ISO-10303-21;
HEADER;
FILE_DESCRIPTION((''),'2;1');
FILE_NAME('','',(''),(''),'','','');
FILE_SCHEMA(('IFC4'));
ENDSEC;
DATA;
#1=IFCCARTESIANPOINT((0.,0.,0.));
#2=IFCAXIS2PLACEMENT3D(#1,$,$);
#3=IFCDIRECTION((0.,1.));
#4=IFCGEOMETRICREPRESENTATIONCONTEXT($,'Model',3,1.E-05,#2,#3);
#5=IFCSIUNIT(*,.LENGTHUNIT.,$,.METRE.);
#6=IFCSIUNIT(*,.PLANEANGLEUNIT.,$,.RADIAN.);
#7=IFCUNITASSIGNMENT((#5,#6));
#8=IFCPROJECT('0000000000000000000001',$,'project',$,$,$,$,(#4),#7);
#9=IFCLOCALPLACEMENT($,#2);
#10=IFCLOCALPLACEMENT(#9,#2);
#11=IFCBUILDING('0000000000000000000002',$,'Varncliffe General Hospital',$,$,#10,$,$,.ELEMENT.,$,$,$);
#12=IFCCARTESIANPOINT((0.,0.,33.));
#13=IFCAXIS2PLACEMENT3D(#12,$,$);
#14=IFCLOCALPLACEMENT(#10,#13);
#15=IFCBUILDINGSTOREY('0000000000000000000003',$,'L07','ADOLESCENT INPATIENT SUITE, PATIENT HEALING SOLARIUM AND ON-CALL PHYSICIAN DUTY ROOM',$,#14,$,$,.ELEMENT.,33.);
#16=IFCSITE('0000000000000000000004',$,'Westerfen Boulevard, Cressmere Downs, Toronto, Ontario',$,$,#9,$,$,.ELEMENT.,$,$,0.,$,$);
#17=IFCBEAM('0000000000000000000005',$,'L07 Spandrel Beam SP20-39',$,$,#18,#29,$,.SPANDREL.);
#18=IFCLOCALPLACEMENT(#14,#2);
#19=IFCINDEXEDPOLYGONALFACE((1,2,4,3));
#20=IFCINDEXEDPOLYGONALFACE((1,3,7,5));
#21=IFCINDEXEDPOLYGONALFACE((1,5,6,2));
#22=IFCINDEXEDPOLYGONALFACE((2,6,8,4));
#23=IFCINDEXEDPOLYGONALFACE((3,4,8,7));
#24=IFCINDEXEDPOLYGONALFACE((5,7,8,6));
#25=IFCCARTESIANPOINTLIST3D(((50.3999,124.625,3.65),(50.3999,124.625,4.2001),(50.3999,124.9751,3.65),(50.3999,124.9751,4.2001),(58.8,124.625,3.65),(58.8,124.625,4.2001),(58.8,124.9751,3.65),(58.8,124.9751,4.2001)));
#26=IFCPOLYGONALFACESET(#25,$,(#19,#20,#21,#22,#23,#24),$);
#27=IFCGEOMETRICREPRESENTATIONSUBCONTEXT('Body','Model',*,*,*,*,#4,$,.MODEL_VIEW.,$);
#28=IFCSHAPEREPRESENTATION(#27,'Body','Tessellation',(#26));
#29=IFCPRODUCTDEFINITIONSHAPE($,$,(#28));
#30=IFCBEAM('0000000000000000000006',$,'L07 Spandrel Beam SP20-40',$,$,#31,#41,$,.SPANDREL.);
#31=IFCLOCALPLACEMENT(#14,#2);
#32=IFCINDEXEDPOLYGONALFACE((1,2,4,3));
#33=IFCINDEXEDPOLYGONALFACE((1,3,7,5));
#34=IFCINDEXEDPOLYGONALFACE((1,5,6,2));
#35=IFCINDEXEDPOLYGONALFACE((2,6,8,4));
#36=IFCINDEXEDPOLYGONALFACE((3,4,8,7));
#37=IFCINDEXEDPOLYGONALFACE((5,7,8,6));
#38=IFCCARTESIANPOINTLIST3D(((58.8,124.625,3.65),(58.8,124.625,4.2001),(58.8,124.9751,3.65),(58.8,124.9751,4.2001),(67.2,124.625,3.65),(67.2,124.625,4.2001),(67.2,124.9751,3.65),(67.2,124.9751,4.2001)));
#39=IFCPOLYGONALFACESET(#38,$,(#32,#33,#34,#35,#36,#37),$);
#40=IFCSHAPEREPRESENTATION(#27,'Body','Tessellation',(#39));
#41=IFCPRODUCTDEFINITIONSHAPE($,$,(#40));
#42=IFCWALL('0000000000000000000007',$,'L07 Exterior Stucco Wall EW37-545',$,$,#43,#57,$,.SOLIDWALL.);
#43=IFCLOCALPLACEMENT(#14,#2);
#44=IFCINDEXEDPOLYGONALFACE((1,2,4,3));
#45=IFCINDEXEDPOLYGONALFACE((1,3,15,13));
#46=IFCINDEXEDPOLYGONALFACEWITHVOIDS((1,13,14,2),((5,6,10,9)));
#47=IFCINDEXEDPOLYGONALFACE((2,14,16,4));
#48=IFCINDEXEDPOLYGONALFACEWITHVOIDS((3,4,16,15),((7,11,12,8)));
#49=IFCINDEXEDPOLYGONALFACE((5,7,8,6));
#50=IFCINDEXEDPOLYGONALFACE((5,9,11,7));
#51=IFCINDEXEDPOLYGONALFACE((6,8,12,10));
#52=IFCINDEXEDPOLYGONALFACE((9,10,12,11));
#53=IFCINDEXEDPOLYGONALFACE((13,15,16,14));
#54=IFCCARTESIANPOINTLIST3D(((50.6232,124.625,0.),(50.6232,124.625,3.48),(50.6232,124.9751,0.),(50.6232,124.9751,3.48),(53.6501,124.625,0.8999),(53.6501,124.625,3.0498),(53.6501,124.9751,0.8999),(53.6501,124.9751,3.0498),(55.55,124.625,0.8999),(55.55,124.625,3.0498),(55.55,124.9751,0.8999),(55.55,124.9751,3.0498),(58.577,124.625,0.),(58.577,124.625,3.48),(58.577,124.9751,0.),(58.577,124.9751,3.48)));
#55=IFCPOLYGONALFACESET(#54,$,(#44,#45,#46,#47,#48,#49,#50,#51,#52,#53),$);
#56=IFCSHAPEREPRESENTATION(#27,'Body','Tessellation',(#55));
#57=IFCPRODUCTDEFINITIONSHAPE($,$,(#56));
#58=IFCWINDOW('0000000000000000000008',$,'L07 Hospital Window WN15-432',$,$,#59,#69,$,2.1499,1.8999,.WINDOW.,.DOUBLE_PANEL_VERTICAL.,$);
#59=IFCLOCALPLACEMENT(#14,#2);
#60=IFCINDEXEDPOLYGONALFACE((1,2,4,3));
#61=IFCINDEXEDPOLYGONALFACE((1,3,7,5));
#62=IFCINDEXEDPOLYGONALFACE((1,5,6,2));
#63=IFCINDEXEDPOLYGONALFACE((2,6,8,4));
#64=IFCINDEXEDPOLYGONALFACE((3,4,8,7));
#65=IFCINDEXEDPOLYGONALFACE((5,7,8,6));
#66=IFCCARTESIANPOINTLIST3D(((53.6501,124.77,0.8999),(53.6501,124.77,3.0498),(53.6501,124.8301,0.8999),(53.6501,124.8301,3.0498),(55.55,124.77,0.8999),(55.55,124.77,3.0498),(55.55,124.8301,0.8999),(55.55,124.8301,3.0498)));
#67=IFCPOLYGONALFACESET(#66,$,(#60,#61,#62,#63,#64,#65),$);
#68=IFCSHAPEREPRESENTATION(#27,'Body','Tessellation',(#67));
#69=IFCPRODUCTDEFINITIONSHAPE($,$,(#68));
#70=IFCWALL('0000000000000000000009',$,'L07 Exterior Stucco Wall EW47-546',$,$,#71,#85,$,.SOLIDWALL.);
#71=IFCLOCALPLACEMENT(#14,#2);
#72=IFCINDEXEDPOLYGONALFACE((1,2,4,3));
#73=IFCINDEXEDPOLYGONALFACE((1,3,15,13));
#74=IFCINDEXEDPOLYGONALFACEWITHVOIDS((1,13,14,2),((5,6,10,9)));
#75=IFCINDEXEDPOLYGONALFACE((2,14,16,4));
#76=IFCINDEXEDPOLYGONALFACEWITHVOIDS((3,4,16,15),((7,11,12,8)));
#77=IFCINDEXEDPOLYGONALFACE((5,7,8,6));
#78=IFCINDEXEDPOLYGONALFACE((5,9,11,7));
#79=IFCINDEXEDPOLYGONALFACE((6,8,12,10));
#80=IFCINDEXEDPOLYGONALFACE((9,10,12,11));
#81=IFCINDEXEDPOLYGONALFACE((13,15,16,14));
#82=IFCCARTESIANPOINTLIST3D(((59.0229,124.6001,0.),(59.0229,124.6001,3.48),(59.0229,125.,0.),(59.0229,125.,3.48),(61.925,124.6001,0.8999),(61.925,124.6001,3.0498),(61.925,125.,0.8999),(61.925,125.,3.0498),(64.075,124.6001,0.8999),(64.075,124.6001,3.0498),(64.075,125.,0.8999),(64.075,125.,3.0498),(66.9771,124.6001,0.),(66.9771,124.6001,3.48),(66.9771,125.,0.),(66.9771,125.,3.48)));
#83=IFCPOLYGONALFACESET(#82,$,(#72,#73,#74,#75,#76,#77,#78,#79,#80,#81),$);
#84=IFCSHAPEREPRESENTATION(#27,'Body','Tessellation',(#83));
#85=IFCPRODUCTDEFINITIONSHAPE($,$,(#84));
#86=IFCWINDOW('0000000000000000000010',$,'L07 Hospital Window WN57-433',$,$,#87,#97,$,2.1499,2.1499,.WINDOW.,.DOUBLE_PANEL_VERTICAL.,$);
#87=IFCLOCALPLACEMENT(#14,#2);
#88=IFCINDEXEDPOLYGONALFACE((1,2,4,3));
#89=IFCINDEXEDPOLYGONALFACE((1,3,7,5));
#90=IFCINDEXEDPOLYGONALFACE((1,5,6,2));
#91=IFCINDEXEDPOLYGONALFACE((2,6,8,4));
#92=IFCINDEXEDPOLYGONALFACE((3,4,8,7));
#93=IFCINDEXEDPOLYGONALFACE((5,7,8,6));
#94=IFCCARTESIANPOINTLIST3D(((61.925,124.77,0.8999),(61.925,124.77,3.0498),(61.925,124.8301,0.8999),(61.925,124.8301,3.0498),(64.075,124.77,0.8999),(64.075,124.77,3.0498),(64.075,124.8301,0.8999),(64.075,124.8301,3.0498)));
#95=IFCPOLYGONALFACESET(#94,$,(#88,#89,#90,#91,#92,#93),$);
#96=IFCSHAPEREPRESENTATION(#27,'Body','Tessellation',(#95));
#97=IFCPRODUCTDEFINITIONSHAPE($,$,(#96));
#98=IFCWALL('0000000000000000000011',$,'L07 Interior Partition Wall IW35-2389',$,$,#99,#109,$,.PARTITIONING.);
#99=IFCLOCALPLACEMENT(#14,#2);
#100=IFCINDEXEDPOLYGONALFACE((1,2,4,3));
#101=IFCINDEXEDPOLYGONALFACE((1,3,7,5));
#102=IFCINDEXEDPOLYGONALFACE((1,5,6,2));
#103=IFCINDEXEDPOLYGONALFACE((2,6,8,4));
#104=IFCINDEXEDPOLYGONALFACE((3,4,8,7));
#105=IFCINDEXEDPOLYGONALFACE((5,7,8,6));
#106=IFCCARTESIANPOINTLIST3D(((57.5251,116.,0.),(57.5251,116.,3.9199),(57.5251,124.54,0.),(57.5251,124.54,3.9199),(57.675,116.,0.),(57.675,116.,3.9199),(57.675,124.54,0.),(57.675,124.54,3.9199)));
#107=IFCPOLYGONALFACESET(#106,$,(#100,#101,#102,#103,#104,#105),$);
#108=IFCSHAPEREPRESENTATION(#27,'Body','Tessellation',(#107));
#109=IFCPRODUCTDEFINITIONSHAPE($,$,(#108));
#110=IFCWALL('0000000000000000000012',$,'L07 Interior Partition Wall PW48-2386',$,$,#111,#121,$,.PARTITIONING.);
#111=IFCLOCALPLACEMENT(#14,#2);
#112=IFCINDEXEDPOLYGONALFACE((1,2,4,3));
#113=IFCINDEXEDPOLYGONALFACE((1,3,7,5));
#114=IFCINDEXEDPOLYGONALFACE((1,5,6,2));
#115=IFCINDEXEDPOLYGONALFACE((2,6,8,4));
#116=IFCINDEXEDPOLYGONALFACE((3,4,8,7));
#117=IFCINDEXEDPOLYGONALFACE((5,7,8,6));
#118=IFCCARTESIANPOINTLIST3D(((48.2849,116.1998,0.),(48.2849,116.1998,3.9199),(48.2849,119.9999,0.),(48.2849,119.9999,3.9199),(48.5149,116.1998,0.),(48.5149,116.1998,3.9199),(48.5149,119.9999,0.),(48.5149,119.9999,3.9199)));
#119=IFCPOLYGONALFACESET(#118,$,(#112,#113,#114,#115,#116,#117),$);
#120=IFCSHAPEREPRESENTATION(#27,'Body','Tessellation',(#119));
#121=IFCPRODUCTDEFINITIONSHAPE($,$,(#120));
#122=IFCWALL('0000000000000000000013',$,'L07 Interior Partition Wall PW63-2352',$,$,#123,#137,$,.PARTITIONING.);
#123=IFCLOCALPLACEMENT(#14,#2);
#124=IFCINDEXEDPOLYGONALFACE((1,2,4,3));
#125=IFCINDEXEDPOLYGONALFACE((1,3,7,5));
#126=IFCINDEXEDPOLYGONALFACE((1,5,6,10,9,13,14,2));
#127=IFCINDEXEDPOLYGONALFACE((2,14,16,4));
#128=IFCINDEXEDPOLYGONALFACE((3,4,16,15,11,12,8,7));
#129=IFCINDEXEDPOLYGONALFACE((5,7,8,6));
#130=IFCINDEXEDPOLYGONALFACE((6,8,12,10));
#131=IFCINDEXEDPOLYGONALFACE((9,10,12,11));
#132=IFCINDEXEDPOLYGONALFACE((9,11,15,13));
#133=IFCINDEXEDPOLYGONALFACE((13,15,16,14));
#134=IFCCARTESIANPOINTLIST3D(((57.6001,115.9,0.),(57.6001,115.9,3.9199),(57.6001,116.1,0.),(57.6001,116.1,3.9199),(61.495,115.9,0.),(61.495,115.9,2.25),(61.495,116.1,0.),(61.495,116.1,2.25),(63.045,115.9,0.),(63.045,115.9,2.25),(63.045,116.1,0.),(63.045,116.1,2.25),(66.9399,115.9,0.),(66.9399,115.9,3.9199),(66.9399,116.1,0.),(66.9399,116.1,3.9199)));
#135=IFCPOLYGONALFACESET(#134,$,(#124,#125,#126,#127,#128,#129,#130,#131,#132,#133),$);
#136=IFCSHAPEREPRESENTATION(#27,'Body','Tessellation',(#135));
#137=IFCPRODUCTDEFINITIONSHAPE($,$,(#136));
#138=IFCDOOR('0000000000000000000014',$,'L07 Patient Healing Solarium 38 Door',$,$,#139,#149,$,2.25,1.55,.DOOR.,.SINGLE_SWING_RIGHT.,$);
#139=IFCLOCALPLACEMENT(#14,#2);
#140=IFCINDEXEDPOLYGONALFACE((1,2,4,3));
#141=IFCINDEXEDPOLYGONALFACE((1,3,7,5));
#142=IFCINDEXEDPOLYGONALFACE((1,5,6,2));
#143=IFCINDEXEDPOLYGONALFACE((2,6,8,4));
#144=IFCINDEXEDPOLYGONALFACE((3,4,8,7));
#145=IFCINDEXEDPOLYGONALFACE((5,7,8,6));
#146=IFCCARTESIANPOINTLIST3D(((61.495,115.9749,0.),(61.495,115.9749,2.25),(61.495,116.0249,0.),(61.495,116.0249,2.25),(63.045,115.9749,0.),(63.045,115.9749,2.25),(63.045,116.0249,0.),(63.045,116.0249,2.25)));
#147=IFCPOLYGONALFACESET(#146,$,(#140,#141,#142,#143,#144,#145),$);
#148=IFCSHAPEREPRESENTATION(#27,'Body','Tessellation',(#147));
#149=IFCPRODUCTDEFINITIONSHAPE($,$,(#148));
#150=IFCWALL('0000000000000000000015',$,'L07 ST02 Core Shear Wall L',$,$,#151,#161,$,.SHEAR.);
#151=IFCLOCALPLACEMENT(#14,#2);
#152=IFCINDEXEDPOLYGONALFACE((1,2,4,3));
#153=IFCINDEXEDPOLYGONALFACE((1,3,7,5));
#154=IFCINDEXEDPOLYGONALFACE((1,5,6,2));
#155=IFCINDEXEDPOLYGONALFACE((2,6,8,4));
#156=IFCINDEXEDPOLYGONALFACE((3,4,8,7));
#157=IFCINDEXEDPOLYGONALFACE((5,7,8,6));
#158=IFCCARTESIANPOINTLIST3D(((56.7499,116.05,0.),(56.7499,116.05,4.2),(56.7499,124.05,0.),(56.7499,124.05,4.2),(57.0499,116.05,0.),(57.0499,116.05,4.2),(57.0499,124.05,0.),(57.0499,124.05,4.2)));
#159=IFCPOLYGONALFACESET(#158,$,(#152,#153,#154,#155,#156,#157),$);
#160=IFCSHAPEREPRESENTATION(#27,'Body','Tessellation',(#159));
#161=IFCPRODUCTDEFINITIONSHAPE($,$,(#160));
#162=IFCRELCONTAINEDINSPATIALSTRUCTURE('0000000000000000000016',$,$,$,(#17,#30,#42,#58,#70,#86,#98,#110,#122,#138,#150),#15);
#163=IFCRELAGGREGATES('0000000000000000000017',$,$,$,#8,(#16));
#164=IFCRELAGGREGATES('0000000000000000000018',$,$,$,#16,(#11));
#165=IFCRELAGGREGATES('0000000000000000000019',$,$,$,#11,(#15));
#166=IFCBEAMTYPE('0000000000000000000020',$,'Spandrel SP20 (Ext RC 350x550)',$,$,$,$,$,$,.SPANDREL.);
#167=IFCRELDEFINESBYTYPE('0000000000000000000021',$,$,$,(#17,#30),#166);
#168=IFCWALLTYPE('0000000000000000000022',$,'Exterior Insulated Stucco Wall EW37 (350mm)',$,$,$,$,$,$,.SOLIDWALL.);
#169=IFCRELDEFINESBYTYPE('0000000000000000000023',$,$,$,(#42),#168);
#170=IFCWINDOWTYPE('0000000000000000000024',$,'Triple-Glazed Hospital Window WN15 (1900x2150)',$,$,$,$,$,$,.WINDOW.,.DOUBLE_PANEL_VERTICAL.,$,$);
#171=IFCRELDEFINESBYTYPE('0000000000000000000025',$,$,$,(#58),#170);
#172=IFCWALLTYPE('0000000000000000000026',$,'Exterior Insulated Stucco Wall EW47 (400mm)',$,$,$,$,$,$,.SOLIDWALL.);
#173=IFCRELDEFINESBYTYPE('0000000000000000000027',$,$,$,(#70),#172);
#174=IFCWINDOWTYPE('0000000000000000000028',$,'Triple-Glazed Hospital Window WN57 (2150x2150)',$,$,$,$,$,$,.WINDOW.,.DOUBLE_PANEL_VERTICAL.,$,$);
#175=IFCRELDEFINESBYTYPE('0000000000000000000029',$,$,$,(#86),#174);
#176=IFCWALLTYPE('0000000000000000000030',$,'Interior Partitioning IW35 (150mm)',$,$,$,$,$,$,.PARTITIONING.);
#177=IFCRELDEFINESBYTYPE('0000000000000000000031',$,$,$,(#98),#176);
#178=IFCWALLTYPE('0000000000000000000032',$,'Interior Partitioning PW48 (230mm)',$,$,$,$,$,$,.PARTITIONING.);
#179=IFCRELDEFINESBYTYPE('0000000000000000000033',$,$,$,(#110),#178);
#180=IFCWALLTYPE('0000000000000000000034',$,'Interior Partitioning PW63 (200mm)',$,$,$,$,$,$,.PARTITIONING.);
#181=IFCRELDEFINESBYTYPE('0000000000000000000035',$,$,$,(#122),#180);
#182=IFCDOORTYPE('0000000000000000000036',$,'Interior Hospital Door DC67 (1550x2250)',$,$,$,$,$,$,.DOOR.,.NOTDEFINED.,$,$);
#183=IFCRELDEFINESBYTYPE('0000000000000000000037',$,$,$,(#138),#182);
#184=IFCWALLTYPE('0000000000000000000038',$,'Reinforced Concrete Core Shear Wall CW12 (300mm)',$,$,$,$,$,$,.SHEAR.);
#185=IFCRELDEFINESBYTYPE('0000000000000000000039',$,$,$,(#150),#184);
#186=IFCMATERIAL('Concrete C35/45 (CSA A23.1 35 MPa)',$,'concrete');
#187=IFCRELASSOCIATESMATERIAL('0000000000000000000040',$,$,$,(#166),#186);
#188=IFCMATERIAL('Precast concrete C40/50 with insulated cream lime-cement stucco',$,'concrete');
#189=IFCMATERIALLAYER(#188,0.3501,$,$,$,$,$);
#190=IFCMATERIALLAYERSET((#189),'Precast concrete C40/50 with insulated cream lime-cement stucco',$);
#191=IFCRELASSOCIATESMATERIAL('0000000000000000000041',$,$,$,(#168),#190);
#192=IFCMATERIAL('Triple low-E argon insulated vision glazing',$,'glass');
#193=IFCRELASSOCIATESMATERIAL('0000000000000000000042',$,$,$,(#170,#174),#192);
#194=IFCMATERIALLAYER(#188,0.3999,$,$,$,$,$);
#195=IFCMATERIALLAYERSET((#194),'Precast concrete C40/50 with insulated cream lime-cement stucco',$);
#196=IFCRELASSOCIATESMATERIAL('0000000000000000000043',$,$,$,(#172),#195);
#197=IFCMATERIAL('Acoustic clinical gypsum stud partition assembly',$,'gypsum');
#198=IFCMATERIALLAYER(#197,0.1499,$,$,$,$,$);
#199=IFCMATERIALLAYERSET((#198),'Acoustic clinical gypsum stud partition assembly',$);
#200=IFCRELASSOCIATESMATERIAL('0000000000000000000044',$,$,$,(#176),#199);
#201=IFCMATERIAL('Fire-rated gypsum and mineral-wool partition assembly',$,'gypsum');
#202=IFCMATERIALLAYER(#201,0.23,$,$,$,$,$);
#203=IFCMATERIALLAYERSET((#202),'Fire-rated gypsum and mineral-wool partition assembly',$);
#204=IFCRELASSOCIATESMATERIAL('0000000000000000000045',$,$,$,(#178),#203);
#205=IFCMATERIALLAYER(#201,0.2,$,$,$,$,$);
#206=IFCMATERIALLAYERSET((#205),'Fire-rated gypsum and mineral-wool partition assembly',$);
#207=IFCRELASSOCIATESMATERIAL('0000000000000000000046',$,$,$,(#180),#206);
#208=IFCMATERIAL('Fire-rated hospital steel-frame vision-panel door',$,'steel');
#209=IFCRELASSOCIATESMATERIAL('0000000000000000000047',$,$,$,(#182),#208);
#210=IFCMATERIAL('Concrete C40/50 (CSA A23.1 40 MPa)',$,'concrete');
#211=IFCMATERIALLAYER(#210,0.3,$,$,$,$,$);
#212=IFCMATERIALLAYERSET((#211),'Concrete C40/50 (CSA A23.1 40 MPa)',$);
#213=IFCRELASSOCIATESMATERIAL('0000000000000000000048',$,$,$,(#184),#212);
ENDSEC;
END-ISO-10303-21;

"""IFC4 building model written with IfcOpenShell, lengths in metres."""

from ifc_helpers import new_model, si_unit, direction, frame, frame_2d, origin, origin_2d, place, context, subcontext, project, spatial, rectangle, extrude, material, layer, layer_set, material_profile, profile_set, type_object, element, fill, save


model = new_model("IFC4")

# Units and contexts
model_context = context("Model", 3, precision=1e-05, world=origin(), true_north=direction((0.0, 1.0)))
body_context = subcontext(model_context, "Body", "Model", "MODEL_VIEW")
ifc_project = project(units=[si_unit("LENGTHUNIT", "METRE"), si_unit("PLANEANGLEUNIT", "RADIAN")], contexts=[model_context])

# Site, building, storey
site_placement = place(None, origin())
site = spatial("IfcSite", under=ifc_project, at=site_placement, Name="Westerfen Boulevard, Cressmere Downs, Toronto, Ontario", CompositionType="ELEMENT", RefElevation=0.0)
building_placement = place(site_placement, origin())
building = spatial("IfcBuilding", under=site, at=building_placement, Name="Varncliffe General Hospital", CompositionType="ELEMENT")
storey_placement = place(building_placement, frame((0.0, 0.0, 33.0)))
storey = spatial("IfcBuildingStorey", under=building, at=storey_placement, Name="L07", Description="ADOLESCENT INPATIENT SUITE, PATIENT HEALING SOLARIUM AND ON-CALL PHYSICIAN DUTY ROOM", CompositionType="ELEMENT", Elevation=33.0)

# Shared definitions
ifc_material_1 = material(Name="Concrete C40/50 (CSA A23.1 40 MPa)", Category="concrete")

# Beams
ifc_material_2 = material(Name="Concrete C35/45 (CSA A23.1 35 MPa)", Category="concrete")
ifc_material_profile_1 = material_profile(ifc_material_2, rectangle(XDim=0.3501, YDim=0.55, at=origin_2d()), Name="RC 350x550")
ifc_profile_set_1 = profile_set([ifc_material_profile_1], Name="Concrete C35/45 (CSA A23.1 35 MPa)")
beam_type_1 = type_object("IfcBeamType", Name="Spandrel SP20 (Ext RC 350x550)", PredefinedType="SPANDREL", material=ifc_profile_set_1)
beam_1_placement = place(storey_placement, frame((50.3999, 124.8, 3.925), z_axis=(1.0, 0.0, 0.0), x_axis=(0.0, 1.0, 0.0)))
element("IfcBeam", 1, at=beam_1_placement, inside=storey, type_object=beam_type_1, Name="L07 Spandrel Beam SP20-39", PredefinedType="SPANDREL", context=body_context, shape_type="SweptSolid", body=[
    extrude(rectangle(XDim=0.3501, YDim=0.55, at=origin_2d()), origin(), (0.0, 0.0, 1.0), 8.4001),
])
beam_2_placement = place(storey_placement, frame((58.8, 124.8, 3.925), z_axis=(1.0, 0.0, 0.0), x_axis=(0.0, 1.0, 0.0)))
element("IfcBeam", 2, at=beam_2_placement, inside=storey, type_object=beam_type_1, Name="L07 Spandrel Beam SP20-40", PredefinedType="SPANDREL", context=body_context, shape_type="SweptSolid", body=[
    extrude(rectangle(XDim=0.3501, YDim=0.55, at=origin_2d()), origin(), (0.0, 0.0, 1.0), 8.3999),
])

# Walls, openings, windows
ifc_material_3 = material(Name="Precast concrete C40/50 with insulated cream lime-cement stucco", Category="concrete")
ifc_layer_1 = layer(ifc_material_3, 0.3501)
ifc_layer_set_1 = layer_set([ifc_layer_1], Name="Precast concrete C40/50 with insulated cream lime-cement stucco")
wall_type_1 = type_object("IfcWallType", Name="Exterior Insulated Stucco Wall EW37 (350mm)", PredefinedType="SOLIDWALL", material=ifc_layer_set_1)
wall_1_placement = place(storey_placement, frame((50.623, 124.8, 0.0), z_axis=(0.0, 0.0, 1.0), x_axis=(1.0, 0.0, 0.0)))
wall_1 = element("IfcWall", 3, at=wall_1_placement, inside=storey, type_object=wall_type_1, Name="L07 Exterior Stucco Wall EW37-545", PredefinedType="SOLIDWALL", context=body_context, shape_type="SweptSolid", body=[
    extrude(rectangle(XDim=7.9539, YDim=0.3501, at=frame_2d((3.9771, 0.0))), origin(), (0.0, 0.0, 1.0), 3.48),
])
opening_1_placement = place(wall_1_placement, frame((3.0271, 0.0, 0.8999)))
opening_1 = element("IfcOpeningElement", 4, at=opening_1_placement, cuts=wall_1, PredefinedType="OPENING", context=body_context, shape_type="SweptSolid", body=[
    extrude(rectangle(XDim=1.8999, YDim=2.1499, at=frame_2d((0.95, 1.075))), frame((0.0, 0.1851, 0.0), z_axis=(0.0, -1.0, 0.0), x_axis=(1.0, 0.0, 0.0)), (0.0, 0.0, 1.0), 0.3701),
])
ifc_material_4 = material(Name="Triple low-E argon insulated vision glazing", Category="glass")
window_type_1 = type_object("IfcWindowType", Name="Triple-Glazed Hospital Window WN15 (1900x2150)", PartitioningType="DOUBLE_PANEL_VERTICAL", PredefinedType="WINDOW", material=ifc_material_4)
window_1_placement = place(opening_1_placement, origin())
window_1 = element("IfcWindow", 5, at=window_1_placement, inside=storey, type_object=window_type_1, Name="L07 Hospital Window WN15-432", OverallHeight=2.1499, OverallWidth=1.8999, PartitioningType="DOUBLE_PANEL_VERTICAL", PredefinedType="WINDOW", context=body_context, shape_type="SweptSolid", body=[
    extrude(rectangle(XDim=1.8999, YDim=2.1499, at=frame_2d((0.95, 1.075))), frame((0.0, 0.03, 0.0), z_axis=(0.0, -1.0, 0.0), x_axis=(1.0, 0.0, 0.0)), (0.0, 0.0, 1.0), 0.0601),
])
fill(opening_1, window_1)
ifc_layer_2 = layer(ifc_material_3, 0.3999)
ifc_layer_set_2 = layer_set([ifc_layer_2], Name="Precast concrete C40/50 with insulated cream lime-cement stucco")
wall_type_2 = type_object("IfcWallType", Name="Exterior Insulated Stucco Wall EW47 (400mm)", PredefinedType="SOLIDWALL", material=ifc_layer_set_2)
wall_2_placement = place(storey_placement, frame((59.0229, 124.8, 0.0), z_axis=(0.0, 0.0, 1.0), x_axis=(1.0, 0.0, 0.0)))
wall_2 = element("IfcWall", 6, at=wall_2_placement, inside=storey, type_object=wall_type_2, Name="L07 Exterior Stucco Wall EW47-546", PredefinedType="SOLIDWALL", context=body_context, shape_type="SweptSolid", body=[
    extrude(rectangle(XDim=7.9541, YDim=0.3999, at=frame_2d((3.9771, 0.0))), origin(), (0.0, 0.0, 1.0), 3.48),
])
opening_2_placement = place(wall_2_placement, frame((2.9021, 0.0, 0.8999)))
opening_2 = element("IfcOpeningElement", 7, at=opening_2_placement, cuts=wall_2, PredefinedType="OPENING", context=body_context, shape_type="SweptSolid", body=[
    extrude(rectangle(XDim=2.1499, YDim=2.1499, at=frame_2d((1.075, 1.075))), frame((0.0, 0.21, 0.0), z_axis=(0.0, -1.0, 0.0), x_axis=(1.0, 0.0, 0.0)), (0.0, 0.0, 1.0), 0.4199),
])
window_type_2 = type_object("IfcWindowType", Name="Triple-Glazed Hospital Window WN57 (2150x2150)", PartitioningType="DOUBLE_PANEL_VERTICAL", PredefinedType="WINDOW", material=ifc_material_4)
window_2_placement = place(opening_2_placement, origin())
window_2 = element("IfcWindow", 8, at=window_2_placement, inside=storey, type_object=window_type_2, Name="L07 Hospital Window WN57-433", OverallHeight=2.1499, OverallWidth=2.1499, PartitioningType="DOUBLE_PANEL_VERTICAL", PredefinedType="WINDOW", context=body_context, shape_type="SweptSolid", body=[
    extrude(rectangle(XDim=2.1499, YDim=2.1499, at=frame_2d((1.075, 1.075))), frame((0.0, 0.03, 0.0), z_axis=(0.0, -1.0, 0.0), x_axis=(1.0, 0.0, 0.0)), (0.0, 0.0, 1.0), 0.0601),
])
fill(opening_2, window_2)

# Walls
ifc_material_5 = material(Name="Acoustic clinical gypsum stud partition assembly", Category="gypsum")
ifc_layer_3 = layer(ifc_material_5, 0.1499)
ifc_layer_set_3 = layer_set([ifc_layer_3], Name="Acoustic clinical gypsum stud partition assembly")
wall_type_3 = type_object("IfcWallType", Name="Interior Partitioning IW35 (150mm)", PredefinedType="PARTITIONING", material=ifc_layer_set_3)
wall_3_placement = place(storey_placement, frame((57.6001, 116.0, 0.0), z_axis=(0.0, 0.0, 1.0), x_axis=(0.0, 1.0, 0.0)))
element("IfcWall", 9, at=wall_3_placement, inside=storey, type_object=wall_type_3, Name="L07 Interior Partition Wall IW35-2389", PredefinedType="PARTITIONING", context=body_context, shape_type="SweptSolid", body=[
    extrude(rectangle(XDim=8.54, YDim=0.1499, at=frame_2d((4.27, 0.0))), origin(), (0.0, 0.0, 1.0), 3.9199),
])
ifc_material_6 = material(Name="Fire-rated gypsum and mineral-wool partition assembly", Category="gypsum")
ifc_layer_4 = layer(ifc_material_6, 0.23)
ifc_layer_set_4 = layer_set([ifc_layer_4], Name="Fire-rated gypsum and mineral-wool partition assembly")
wall_type_4 = type_object("IfcWallType", Name="Interior Partitioning PW48 (230mm)", PredefinedType="PARTITIONING", material=ifc_layer_set_4)
wall_4_placement = place(storey_placement, frame((48.3999, 116.2, 0.0), z_axis=(0.0, 0.0, 1.0), x_axis=(0.0, 1.0, 0.0)))
element("IfcWall", 10, at=wall_4_placement, inside=storey, type_object=wall_type_4, Name="L07 Interior Partition Wall PW48-2386", PredefinedType="PARTITIONING", context=body_context, shape_type="SweptSolid", body=[
    extrude(rectangle(XDim=3.8, YDim=0.23, at=frame_2d((1.8999, 0.0))), origin(), (0.0, 0.0, 1.0), 3.9199),
])

# Wall, opening, door
ifc_layer_5 = layer(ifc_material_6, 0.2)
ifc_layer_set_5 = layer_set([ifc_layer_5], Name="Fire-rated gypsum and mineral-wool partition assembly")
wall_type_5 = type_object("IfcWallType", Name="Interior Partitioning PW63 (200mm)", PredefinedType="PARTITIONING", material=ifc_layer_set_5)
wall_5_placement = place(storey_placement, frame((57.6001, 116.0, 0.0), z_axis=(0.0, 0.0, 1.0), x_axis=(1.0, 0.0, 0.0)))
wall_5 = element("IfcWall", 11, at=wall_5_placement, inside=storey, type_object=wall_type_5, Name="L07 Interior Partition Wall PW63-2352", PredefinedType="PARTITIONING", context=body_context, shape_type="SweptSolid", body=[
    extrude(rectangle(XDim=9.3398, YDim=0.2, at=frame_2d((4.6699, 0.0))), origin(), (0.0, 0.0, 1.0), 3.9199),
])
opening_3_placement = place(wall_5_placement, frame((3.895, 0.0, 0.0)))
opening_3 = element("IfcOpeningElement", 12, at=opening_3_placement, cuts=wall_5, PredefinedType="OPENING", context=body_context, shape_type="SweptSolid", body=[
    extrude(rectangle(XDim=1.55, YDim=2.25, at=frame_2d((0.7749, 1.125))), frame((0.0, 0.1099, 0.0), z_axis=(0.0, -1.0, 0.0), x_axis=(1.0, 0.0, 0.0)), (0.0, 0.0, 1.0), 0.22),
])
ifc_material_7 = material(Name="Fire-rated hospital steel-frame vision-panel door", Category="steel")
door_type_1 = type_object("IfcDoorType", Name="Interior Hospital Door DC67 (1550x2250)", OperationType="NOTDEFINED", PredefinedType="DOOR", material=ifc_material_7)
door_1_placement = place(opening_3_placement, origin())
door_1 = element("IfcDoor", 13, at=door_1_placement, inside=storey, type_object=door_type_1, Name="L07 Patient Healing Solarium 38 Door", OperationType="SINGLE_SWING_RIGHT", OverallHeight=2.25, OverallWidth=1.55, PredefinedType="DOOR", context=body_context, shape_type="SweptSolid", body=[
    extrude(rectangle(XDim=1.55, YDim=2.25, at=frame_2d((0.7749, 1.125))), frame((0.0, 0.0249, 0.0), z_axis=(0.0, -1.0, 0.0), x_axis=(1.0, 0.0, 0.0)), (0.0, 0.0, 1.0), 0.05),
])
fill(opening_3, door_1)

# Wall
ifc_layer_6 = layer(ifc_material_1, 0.3)
ifc_layer_set_6 = layer_set([ifc_layer_6], Name="Concrete C40/50 (CSA A23.1 40 MPa)")
wall_type_6 = type_object("IfcWallType", Name="Reinforced Concrete Core Shear Wall CW12 (300mm)", PredefinedType="SHEAR", material=ifc_layer_set_6)
wall_6_placement = place(storey_placement, frame((56.8999, 116.05, 0.0), z_axis=(0.0, 0.0, 1.0), x_axis=(0.0, 1.0, 0.0)))
element("IfcWall", 14, at=wall_6_placement, inside=storey, type_object=wall_type_6, Name="L07 ST02 Core Shear Wall L", PredefinedType="SHEAR", context=body_context, shape_type="SweptSolid", body=[
    extrude(rectangle(XDim=8.0, YDim=0.3, at=frame_2d((4.0, 0.0))), origin(), (0.0, 0.0, 1.0), 4.2),
])

save(model, "model.ifc")
